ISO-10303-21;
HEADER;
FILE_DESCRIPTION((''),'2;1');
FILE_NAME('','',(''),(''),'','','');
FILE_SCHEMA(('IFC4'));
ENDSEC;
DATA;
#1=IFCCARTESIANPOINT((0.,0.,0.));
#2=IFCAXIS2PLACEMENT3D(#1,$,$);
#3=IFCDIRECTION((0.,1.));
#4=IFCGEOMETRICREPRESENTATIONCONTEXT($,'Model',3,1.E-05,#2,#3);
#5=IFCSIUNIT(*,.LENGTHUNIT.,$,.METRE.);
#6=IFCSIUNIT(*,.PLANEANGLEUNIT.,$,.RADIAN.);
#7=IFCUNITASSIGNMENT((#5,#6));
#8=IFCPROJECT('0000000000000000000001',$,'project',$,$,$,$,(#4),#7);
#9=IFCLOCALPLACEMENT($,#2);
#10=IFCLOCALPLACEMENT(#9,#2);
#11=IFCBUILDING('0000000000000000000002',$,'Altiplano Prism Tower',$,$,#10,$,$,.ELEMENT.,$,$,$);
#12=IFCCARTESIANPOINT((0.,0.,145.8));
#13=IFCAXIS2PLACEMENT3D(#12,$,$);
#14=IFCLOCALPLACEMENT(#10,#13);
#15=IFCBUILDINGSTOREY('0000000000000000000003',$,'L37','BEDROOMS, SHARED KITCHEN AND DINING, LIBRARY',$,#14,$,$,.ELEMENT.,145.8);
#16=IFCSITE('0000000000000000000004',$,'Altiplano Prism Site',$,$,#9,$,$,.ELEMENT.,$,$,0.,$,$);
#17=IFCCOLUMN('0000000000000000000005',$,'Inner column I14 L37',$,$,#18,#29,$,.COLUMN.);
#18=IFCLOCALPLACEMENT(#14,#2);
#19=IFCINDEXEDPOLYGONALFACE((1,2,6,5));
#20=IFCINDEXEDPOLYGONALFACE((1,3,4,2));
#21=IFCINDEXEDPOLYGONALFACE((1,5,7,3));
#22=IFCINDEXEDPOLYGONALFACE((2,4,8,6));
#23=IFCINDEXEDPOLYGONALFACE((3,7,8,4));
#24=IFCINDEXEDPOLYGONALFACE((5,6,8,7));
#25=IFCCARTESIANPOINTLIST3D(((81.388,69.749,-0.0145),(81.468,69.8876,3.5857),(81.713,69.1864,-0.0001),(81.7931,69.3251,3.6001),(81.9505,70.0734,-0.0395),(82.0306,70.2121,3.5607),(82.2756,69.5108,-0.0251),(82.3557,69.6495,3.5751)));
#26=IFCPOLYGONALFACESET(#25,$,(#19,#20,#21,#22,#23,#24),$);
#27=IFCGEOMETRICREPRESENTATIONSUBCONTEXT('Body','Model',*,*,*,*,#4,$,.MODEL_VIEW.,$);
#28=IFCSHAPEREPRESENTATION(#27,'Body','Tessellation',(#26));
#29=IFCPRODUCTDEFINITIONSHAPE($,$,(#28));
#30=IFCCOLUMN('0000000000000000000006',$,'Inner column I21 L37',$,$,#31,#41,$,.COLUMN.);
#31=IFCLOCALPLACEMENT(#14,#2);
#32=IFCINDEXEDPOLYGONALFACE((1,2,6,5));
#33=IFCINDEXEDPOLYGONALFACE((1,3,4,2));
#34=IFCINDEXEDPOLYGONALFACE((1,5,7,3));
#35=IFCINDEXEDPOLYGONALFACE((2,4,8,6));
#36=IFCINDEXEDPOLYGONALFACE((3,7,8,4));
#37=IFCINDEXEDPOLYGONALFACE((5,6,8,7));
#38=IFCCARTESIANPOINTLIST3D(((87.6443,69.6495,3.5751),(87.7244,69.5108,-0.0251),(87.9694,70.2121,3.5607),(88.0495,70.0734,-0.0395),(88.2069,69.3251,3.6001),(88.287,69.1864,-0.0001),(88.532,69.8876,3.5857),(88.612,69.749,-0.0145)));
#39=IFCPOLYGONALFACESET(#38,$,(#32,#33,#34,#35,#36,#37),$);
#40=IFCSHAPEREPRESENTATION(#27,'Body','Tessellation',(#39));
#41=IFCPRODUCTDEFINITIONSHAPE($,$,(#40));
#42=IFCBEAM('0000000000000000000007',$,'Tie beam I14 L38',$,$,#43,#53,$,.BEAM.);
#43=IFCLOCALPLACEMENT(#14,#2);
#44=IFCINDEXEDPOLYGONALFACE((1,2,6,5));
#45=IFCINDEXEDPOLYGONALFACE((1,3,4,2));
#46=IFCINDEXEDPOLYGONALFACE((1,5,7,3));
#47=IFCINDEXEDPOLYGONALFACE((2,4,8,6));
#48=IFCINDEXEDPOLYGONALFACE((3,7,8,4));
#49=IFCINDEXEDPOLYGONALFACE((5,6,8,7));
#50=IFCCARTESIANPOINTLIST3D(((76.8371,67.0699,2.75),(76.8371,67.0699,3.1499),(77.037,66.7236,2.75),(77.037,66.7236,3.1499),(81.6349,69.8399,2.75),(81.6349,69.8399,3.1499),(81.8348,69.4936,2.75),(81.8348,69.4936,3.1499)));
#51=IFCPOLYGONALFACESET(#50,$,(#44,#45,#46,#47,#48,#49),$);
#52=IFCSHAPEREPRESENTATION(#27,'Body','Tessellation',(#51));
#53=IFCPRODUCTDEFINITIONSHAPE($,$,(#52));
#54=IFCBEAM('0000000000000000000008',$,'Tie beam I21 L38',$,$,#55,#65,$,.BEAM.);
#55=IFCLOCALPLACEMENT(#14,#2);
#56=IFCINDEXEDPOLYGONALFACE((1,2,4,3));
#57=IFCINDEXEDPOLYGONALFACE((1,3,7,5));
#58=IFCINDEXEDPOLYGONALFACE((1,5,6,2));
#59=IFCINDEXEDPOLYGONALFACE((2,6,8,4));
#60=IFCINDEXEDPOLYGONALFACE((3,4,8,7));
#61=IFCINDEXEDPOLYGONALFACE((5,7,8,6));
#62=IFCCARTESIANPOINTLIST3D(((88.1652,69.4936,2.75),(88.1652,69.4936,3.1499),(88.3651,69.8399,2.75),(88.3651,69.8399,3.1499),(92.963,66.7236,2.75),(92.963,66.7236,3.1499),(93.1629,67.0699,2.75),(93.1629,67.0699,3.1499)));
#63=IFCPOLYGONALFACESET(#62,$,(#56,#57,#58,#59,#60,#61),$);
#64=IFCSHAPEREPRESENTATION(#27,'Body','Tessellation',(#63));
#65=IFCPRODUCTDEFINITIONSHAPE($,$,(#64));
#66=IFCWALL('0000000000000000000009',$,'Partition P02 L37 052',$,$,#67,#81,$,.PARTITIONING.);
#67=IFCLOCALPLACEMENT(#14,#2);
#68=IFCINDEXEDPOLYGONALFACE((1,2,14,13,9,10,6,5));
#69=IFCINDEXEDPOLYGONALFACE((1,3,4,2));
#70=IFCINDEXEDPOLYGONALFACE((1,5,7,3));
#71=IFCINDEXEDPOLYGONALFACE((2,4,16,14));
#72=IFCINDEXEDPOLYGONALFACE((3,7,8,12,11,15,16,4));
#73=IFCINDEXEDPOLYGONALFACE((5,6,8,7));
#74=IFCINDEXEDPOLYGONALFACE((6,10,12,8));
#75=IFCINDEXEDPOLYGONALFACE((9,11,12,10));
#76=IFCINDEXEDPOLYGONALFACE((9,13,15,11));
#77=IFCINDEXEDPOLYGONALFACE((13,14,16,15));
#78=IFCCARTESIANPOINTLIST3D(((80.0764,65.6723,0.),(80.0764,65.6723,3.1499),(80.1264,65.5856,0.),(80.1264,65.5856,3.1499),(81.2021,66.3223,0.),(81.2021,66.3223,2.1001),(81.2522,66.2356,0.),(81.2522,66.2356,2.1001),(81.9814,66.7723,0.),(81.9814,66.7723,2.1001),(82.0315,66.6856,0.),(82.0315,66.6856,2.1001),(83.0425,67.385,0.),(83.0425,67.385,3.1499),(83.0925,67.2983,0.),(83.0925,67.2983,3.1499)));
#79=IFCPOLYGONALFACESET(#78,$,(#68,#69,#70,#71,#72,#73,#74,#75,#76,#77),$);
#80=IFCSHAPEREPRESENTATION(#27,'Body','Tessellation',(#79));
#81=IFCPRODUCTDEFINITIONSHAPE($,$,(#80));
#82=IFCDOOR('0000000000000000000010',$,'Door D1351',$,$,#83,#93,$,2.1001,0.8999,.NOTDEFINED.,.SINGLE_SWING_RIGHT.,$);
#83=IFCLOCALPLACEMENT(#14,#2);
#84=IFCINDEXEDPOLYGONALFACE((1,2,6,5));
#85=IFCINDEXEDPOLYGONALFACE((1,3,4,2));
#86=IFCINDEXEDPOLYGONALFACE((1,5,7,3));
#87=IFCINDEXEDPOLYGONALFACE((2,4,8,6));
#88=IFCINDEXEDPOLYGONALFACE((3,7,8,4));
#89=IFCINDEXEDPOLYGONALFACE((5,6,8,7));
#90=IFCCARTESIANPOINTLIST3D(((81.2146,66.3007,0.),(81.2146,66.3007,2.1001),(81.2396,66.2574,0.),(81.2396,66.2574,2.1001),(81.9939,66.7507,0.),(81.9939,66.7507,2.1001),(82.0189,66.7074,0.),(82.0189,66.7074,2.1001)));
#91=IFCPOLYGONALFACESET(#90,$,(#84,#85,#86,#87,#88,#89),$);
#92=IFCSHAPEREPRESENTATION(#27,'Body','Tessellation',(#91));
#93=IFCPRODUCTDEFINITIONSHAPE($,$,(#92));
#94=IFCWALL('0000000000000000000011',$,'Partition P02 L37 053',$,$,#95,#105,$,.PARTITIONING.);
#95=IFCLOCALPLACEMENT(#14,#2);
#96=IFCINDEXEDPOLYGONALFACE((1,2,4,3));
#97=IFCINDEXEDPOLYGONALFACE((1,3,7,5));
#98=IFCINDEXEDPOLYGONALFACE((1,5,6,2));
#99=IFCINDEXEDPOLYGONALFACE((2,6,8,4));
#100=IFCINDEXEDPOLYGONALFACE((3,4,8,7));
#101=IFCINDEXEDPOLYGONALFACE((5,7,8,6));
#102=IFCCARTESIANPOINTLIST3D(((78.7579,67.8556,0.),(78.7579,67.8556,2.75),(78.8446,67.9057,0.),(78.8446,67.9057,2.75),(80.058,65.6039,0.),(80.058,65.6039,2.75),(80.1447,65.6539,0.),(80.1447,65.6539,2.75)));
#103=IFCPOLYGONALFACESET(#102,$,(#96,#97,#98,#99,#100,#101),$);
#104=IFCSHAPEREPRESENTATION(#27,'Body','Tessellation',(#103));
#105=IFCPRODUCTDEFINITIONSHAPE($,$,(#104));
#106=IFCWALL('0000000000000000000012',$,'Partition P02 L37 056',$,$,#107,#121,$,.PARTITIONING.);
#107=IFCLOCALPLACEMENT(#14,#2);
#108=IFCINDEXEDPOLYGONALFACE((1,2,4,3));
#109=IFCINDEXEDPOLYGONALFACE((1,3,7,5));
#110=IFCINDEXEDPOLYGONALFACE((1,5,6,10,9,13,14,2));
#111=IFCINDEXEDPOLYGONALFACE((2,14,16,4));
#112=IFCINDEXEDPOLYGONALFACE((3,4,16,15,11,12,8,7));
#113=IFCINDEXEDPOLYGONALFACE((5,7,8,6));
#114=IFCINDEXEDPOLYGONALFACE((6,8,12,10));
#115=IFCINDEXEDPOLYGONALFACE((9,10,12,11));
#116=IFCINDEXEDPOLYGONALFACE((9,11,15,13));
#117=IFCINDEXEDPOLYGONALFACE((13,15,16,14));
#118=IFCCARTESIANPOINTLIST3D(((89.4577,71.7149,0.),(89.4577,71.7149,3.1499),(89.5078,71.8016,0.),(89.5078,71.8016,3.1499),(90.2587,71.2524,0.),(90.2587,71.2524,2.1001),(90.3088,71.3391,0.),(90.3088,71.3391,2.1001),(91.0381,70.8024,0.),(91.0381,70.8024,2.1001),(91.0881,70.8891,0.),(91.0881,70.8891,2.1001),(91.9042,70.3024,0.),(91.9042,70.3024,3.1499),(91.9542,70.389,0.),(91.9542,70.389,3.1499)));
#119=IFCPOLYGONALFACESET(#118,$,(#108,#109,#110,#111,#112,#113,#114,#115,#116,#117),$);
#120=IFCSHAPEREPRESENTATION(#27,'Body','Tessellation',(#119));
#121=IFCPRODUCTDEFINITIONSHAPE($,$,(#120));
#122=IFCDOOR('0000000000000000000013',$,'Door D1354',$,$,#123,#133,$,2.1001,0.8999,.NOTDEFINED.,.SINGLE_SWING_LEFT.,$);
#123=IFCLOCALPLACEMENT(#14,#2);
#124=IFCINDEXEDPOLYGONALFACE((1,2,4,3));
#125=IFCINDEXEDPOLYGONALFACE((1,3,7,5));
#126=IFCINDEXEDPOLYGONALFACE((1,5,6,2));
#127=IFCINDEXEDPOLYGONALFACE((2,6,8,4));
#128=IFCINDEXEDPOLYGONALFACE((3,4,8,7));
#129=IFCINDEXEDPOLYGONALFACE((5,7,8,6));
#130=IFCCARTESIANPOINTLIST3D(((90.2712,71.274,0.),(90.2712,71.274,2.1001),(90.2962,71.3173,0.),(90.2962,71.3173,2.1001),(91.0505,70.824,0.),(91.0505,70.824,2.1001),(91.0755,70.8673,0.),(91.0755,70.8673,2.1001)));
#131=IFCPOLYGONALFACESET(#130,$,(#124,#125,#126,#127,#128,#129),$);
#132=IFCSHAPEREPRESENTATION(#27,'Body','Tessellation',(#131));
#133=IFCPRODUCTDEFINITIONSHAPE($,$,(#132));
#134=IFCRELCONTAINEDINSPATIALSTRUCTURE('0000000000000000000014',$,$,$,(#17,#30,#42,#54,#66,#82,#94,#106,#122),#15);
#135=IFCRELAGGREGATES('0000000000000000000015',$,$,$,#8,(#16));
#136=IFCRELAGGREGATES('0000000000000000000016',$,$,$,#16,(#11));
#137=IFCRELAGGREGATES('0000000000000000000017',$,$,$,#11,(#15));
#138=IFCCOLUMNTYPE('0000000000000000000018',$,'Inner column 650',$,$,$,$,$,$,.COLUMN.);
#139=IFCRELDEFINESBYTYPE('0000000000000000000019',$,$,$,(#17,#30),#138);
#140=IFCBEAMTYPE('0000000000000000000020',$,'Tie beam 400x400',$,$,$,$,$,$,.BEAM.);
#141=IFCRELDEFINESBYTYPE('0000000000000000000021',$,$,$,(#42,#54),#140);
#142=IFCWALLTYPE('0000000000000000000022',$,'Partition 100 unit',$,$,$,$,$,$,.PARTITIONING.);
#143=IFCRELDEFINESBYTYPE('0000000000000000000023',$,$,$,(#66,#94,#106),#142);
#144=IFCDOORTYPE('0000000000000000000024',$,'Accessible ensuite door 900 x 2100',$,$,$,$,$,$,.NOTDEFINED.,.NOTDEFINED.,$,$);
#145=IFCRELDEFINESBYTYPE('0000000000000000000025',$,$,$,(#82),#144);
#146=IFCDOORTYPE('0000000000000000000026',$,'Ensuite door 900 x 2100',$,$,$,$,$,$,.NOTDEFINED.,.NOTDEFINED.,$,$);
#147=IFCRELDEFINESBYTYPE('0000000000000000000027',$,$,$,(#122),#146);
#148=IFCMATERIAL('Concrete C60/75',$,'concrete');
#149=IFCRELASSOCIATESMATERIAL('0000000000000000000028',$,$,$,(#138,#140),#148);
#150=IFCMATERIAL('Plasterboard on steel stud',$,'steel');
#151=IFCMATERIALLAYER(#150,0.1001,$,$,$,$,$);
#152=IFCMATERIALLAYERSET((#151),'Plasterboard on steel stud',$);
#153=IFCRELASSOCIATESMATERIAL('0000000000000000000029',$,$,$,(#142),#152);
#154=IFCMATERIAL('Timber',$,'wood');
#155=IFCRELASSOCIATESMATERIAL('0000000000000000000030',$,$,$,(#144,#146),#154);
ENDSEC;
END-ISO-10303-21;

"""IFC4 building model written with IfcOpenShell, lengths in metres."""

from ifc_helpers import new_model, si_unit, direction, frame, frame_2d, origin, origin_2d, place, context, subcontext, project, spatial, rectangle, extrude, material, layer, layer_set, material_profile, profile_set, type_object, element, fill, save


model = new_model("IFC4")

# Units and contexts
model_context = context("Model", 3, precision=1e-05, world=origin(), true_north=direction((0.0, 1.0)))
body_context = subcontext(model_context, "Body", "Model", "MODEL_VIEW")
ifc_project = project(units=[si_unit("LENGTHUNIT", "METRE"), si_unit("PLANEANGLEUNIT", "RADIAN")], contexts=[model_context])

# Site, building, storey
site_placement = place(None, origin())
site = spatial("IfcSite", under=ifc_project, at=site_placement, Name="Altiplano Prism Site", CompositionType="ELEMENT", RefElevation=0.0)
building_placement = place(site_placement, origin())
building = spatial("IfcBuilding", under=site, at=building_placement, Name="Altiplano Prism Tower", CompositionType="ELEMENT")
storey_placement = place(building_placement, frame((0.0, 0.0, 145.8)))
storey = spatial("IfcBuildingStorey", under=building, at=storey_placement, Name="L37", Description="BEDROOMS, SHARED KITCHEN AND DINING, LIBRARY", CompositionType="ELEMENT", Elevation=145.8)

# Columns
ifc_material_1 = material(Name="Concrete C60/75", Category="concrete")
ifc_material_profile_1 = material_profile(ifc_material_1, rectangle(XDim=0.6499, YDim=0.6499, at=origin_2d()), Name="Inner column 650")
ifc_profile_set_1 = profile_set([ifc_material_profile_1], Name="Concrete C60/75")
column_type = type_object("IfcColumnType", Name="Inner column 650", PredefinedType="COLUMN", material=ifc_profile_set_1)
for number, where, z_axis, x_axis, name in (
    (1, (81.8318, 69.6299, -0.0198), (0.022221, 0.038481, 0.999012), (-0.865642, -0.499182, 0.038483), "Inner column I14 L37"),
    (2, (88.1682, 69.6299, -0.0198), (-0.022221, 0.038481, 0.999012), (-0.50017, -0.865642, 0.022218), "Inner column I21 L37"),
):
    element("IfcColumn", number, at=place(storey_placement, frame(where, z_axis=z_axis, x_axis=x_axis)), inside=storey, type_object=column_type, Name=name, PredefinedType="COLUMN", context=body_context, shape_type="SweptSolid", body=[
        extrude(rectangle(XDim=0.6499, YDim=0.6499, at=origin_2d()), origin(), (0.0, 0.0, 1.0), 3.6038),
    ])

# Beams
ifc_material_profile_2 = material_profile(ifc_material_1, rectangle(XDim=0.3999, YDim=0.3999, at=origin_2d()), Name="Tie beam 400x400")
ifc_profile_set_2 = profile_set([ifc_material_profile_2], Name="Concrete C60/75")
beam_type = type_object("IfcBeamType", Name="Tie beam 400x400", PredefinedType="BEAM", material=ifc_profile_set_2)
for number, where, z_axis, x_axis, name in (
    (3, (81.7349, 69.6667, 2.95), (-0.866027, -0.499997, 0.0), (0.499997, -0.866027, 0.0), "Tie beam I14 L38"),
    (4, (88.2651, 69.6667, 2.95), (0.866027, -0.499997, 0.0), (0.499997, 0.866027, 0.0), "Tie beam I21 L38"),
):
    element("IfcBeam", number, at=place(storey_placement, frame(where, z_axis=z_axis, x_axis=x_axis)), inside=storey, type_object=beam_type, Name=name, PredefinedType="BEAM", context=body_context, shape_type="SweptSolid", body=[
        extrude(rectangle(XDim=0.3999, YDim=0.3999, at=origin_2d()), origin(), (0.0, 0.0, 1.0), 5.54),
    ])

# Wall, opening, door
ifc_material_2 = material(Name="Plasterboard on steel stud", Category="steel")
ifc_layer_1 = layer(ifc_material_2, 0.1001)
ifc_layer_set_1 = layer_set([ifc_layer_1], Name="Plasterboard on steel stud")
wall_type_1 = type_object("IfcWallType", Name="Partition 100 unit", PredefinedType="PARTITIONING", material=ifc_layer_set_1)
wall_1_placement = place(storey_placement, frame((83.0674, 67.3416, 0.0), z_axis=(0.0, 0.0, 1.0), x_axis=(-0.866002, -0.500041, 0.0)))
wall_1 = element("IfcWall", 5, at=wall_1_placement, inside=storey, type_object=wall_type_1, Name="Partition P02 L37 052", PredefinedType="PARTITIONING", context=body_context, shape_type="SweptSolid", body=[
    extrude(rectangle(XDim=3.425, YDim=0.1001, at=frame_2d((1.7124, 0.0))), origin(), (0.0, 0.0, 1.0), 3.1499),
])
opening_1_placement = place(wall_1_placement, frame((1.2251, 0.0, 0.0)))
opening_1 = element("IfcOpeningElement", 6, at=opening_1_placement, cuts=wall_1, PredefinedType="OPENING", context=body_context, shape_type="SweptSolid", body=[
    extrude(rectangle(XDim=0.8999, YDim=2.1001, at=frame_2d((0.45, 1.05))), frame((0.0, 0.0605, 0.0), z_axis=(0.0, -1.0, 0.0), x_axis=(1.0, 0.0, 0.0)), (0.0, 0.0, 1.0), 0.1211),
])
ifc_material_3 = material(Name="Timber", Category="wood")
door_type_1 = type_object("IfcDoorType", Name="Accessible ensuite door 900 x 2100", OperationType="NOTDEFINED", PredefinedType="NOTDEFINED", material=ifc_material_3)
door_1_placement = place(opening_1_placement, origin())
door_1 = element("IfcDoor", 7, at=door_1_placement, inside=storey, type_object=door_type_1, Name="Door D1351", OperationType="SINGLE_SWING_RIGHT", OverallHeight=2.1001, OverallWidth=0.8999, PredefinedType="NOTDEFINED", context=body_context, shape_type="SweptSolid", body=[
    extrude(rectangle(XDim=0.8999, YDim=2.1001, at=frame_2d((0.45, 1.05))), frame((0.0, 0.0249, 0.0), z_axis=(0.0, -1.0, 0.0), x_axis=(1.0, 0.0, 0.0)), (0.0, 0.0, 1.0), 0.05),
])
fill(opening_1, door_1)

# Wall
wall_2_placement = place(storey_placement, frame((80.1013, 65.6289, 0.0), z_axis=(0.0, 0.0, 1.0), x_axis=(-0.500007, 0.866021, 0.0)))
element("IfcWall", 8, at=wall_2_placement, inside=storey, type_object=wall_type_1, Name="Partition P02 L37 053", PredefinedType="PARTITIONING", context=body_context, shape_type="SweptSolid", body=[
    extrude(rectangle(XDim=2.6001, YDim=0.1001, at=frame_2d((1.3, 0.0))), origin(), (0.0, 0.0, 1.0), 2.75),
])

# Wall, opening, door
wall_3_placement = place(storey_placement, frame((89.4827, 71.7583, 0.0), z_axis=(0.0, 0.0, 1.0), x_axis=(0.866011, -0.500024, 0.0)))
wall_3 = element("IfcWall", 9, at=wall_3_placement, inside=storey, type_object=wall_type_1, Name="Partition P02 L37 056", PredefinedType="PARTITIONING", context=body_context, shape_type="SweptSolid", body=[
    extrude(rectangle(XDim=2.825, YDim=0.1001, at=frame_2d((1.4126, 0.0))), origin(), (0.0, 0.0, 1.0), 3.1499),
])
opening_2_placement = place(wall_3_placement, frame((0.925, 0.0, 0.0)))
opening_2 = element("IfcOpeningElement", 10, at=opening_2_placement, cuts=wall_3, PredefinedType="OPENING", context=body_context, shape_type="SweptSolid", body=[
    extrude(rectangle(XDim=0.8999, YDim=2.1001, at=frame_2d((0.45, 1.05))), frame((0.0, 0.0605, 0.0), z_axis=(0.0, -1.0, 0.0), x_axis=(1.0, 0.0, 0.0)), (0.0, 0.0, 1.0), 0.1211),
])
door_type_2 = type_object("IfcDoorType", Name="Ensuite door 900 x 2100", OperationType="NOTDEFINED", PredefinedType="NOTDEFINED", material=ifc_material_3)
door_2_placement = place(opening_2_placement, origin())
door_2 = element("IfcDoor", 11, at=door_2_placement, inside=storey, type_object=door_type_2, Name="Door D1354", OperationType="SINGLE_SWING_LEFT", OverallHeight=2.1001, OverallWidth=0.8999, PredefinedType="NOTDEFINED", context=body_context, shape_type="SweptSolid", body=[
    extrude(rectangle(XDim=0.8999, YDim=2.1001, at=frame_2d((0.45, 1.05))), frame((0.0, 0.0249, 0.0), z_axis=(0.0, -1.0, 0.0), x_axis=(1.0, 0.0, 0.0)), (0.0, 0.0, 1.0), 0.05),
])
fill(opening_2, door_2)

save(model, "model.ifc")
